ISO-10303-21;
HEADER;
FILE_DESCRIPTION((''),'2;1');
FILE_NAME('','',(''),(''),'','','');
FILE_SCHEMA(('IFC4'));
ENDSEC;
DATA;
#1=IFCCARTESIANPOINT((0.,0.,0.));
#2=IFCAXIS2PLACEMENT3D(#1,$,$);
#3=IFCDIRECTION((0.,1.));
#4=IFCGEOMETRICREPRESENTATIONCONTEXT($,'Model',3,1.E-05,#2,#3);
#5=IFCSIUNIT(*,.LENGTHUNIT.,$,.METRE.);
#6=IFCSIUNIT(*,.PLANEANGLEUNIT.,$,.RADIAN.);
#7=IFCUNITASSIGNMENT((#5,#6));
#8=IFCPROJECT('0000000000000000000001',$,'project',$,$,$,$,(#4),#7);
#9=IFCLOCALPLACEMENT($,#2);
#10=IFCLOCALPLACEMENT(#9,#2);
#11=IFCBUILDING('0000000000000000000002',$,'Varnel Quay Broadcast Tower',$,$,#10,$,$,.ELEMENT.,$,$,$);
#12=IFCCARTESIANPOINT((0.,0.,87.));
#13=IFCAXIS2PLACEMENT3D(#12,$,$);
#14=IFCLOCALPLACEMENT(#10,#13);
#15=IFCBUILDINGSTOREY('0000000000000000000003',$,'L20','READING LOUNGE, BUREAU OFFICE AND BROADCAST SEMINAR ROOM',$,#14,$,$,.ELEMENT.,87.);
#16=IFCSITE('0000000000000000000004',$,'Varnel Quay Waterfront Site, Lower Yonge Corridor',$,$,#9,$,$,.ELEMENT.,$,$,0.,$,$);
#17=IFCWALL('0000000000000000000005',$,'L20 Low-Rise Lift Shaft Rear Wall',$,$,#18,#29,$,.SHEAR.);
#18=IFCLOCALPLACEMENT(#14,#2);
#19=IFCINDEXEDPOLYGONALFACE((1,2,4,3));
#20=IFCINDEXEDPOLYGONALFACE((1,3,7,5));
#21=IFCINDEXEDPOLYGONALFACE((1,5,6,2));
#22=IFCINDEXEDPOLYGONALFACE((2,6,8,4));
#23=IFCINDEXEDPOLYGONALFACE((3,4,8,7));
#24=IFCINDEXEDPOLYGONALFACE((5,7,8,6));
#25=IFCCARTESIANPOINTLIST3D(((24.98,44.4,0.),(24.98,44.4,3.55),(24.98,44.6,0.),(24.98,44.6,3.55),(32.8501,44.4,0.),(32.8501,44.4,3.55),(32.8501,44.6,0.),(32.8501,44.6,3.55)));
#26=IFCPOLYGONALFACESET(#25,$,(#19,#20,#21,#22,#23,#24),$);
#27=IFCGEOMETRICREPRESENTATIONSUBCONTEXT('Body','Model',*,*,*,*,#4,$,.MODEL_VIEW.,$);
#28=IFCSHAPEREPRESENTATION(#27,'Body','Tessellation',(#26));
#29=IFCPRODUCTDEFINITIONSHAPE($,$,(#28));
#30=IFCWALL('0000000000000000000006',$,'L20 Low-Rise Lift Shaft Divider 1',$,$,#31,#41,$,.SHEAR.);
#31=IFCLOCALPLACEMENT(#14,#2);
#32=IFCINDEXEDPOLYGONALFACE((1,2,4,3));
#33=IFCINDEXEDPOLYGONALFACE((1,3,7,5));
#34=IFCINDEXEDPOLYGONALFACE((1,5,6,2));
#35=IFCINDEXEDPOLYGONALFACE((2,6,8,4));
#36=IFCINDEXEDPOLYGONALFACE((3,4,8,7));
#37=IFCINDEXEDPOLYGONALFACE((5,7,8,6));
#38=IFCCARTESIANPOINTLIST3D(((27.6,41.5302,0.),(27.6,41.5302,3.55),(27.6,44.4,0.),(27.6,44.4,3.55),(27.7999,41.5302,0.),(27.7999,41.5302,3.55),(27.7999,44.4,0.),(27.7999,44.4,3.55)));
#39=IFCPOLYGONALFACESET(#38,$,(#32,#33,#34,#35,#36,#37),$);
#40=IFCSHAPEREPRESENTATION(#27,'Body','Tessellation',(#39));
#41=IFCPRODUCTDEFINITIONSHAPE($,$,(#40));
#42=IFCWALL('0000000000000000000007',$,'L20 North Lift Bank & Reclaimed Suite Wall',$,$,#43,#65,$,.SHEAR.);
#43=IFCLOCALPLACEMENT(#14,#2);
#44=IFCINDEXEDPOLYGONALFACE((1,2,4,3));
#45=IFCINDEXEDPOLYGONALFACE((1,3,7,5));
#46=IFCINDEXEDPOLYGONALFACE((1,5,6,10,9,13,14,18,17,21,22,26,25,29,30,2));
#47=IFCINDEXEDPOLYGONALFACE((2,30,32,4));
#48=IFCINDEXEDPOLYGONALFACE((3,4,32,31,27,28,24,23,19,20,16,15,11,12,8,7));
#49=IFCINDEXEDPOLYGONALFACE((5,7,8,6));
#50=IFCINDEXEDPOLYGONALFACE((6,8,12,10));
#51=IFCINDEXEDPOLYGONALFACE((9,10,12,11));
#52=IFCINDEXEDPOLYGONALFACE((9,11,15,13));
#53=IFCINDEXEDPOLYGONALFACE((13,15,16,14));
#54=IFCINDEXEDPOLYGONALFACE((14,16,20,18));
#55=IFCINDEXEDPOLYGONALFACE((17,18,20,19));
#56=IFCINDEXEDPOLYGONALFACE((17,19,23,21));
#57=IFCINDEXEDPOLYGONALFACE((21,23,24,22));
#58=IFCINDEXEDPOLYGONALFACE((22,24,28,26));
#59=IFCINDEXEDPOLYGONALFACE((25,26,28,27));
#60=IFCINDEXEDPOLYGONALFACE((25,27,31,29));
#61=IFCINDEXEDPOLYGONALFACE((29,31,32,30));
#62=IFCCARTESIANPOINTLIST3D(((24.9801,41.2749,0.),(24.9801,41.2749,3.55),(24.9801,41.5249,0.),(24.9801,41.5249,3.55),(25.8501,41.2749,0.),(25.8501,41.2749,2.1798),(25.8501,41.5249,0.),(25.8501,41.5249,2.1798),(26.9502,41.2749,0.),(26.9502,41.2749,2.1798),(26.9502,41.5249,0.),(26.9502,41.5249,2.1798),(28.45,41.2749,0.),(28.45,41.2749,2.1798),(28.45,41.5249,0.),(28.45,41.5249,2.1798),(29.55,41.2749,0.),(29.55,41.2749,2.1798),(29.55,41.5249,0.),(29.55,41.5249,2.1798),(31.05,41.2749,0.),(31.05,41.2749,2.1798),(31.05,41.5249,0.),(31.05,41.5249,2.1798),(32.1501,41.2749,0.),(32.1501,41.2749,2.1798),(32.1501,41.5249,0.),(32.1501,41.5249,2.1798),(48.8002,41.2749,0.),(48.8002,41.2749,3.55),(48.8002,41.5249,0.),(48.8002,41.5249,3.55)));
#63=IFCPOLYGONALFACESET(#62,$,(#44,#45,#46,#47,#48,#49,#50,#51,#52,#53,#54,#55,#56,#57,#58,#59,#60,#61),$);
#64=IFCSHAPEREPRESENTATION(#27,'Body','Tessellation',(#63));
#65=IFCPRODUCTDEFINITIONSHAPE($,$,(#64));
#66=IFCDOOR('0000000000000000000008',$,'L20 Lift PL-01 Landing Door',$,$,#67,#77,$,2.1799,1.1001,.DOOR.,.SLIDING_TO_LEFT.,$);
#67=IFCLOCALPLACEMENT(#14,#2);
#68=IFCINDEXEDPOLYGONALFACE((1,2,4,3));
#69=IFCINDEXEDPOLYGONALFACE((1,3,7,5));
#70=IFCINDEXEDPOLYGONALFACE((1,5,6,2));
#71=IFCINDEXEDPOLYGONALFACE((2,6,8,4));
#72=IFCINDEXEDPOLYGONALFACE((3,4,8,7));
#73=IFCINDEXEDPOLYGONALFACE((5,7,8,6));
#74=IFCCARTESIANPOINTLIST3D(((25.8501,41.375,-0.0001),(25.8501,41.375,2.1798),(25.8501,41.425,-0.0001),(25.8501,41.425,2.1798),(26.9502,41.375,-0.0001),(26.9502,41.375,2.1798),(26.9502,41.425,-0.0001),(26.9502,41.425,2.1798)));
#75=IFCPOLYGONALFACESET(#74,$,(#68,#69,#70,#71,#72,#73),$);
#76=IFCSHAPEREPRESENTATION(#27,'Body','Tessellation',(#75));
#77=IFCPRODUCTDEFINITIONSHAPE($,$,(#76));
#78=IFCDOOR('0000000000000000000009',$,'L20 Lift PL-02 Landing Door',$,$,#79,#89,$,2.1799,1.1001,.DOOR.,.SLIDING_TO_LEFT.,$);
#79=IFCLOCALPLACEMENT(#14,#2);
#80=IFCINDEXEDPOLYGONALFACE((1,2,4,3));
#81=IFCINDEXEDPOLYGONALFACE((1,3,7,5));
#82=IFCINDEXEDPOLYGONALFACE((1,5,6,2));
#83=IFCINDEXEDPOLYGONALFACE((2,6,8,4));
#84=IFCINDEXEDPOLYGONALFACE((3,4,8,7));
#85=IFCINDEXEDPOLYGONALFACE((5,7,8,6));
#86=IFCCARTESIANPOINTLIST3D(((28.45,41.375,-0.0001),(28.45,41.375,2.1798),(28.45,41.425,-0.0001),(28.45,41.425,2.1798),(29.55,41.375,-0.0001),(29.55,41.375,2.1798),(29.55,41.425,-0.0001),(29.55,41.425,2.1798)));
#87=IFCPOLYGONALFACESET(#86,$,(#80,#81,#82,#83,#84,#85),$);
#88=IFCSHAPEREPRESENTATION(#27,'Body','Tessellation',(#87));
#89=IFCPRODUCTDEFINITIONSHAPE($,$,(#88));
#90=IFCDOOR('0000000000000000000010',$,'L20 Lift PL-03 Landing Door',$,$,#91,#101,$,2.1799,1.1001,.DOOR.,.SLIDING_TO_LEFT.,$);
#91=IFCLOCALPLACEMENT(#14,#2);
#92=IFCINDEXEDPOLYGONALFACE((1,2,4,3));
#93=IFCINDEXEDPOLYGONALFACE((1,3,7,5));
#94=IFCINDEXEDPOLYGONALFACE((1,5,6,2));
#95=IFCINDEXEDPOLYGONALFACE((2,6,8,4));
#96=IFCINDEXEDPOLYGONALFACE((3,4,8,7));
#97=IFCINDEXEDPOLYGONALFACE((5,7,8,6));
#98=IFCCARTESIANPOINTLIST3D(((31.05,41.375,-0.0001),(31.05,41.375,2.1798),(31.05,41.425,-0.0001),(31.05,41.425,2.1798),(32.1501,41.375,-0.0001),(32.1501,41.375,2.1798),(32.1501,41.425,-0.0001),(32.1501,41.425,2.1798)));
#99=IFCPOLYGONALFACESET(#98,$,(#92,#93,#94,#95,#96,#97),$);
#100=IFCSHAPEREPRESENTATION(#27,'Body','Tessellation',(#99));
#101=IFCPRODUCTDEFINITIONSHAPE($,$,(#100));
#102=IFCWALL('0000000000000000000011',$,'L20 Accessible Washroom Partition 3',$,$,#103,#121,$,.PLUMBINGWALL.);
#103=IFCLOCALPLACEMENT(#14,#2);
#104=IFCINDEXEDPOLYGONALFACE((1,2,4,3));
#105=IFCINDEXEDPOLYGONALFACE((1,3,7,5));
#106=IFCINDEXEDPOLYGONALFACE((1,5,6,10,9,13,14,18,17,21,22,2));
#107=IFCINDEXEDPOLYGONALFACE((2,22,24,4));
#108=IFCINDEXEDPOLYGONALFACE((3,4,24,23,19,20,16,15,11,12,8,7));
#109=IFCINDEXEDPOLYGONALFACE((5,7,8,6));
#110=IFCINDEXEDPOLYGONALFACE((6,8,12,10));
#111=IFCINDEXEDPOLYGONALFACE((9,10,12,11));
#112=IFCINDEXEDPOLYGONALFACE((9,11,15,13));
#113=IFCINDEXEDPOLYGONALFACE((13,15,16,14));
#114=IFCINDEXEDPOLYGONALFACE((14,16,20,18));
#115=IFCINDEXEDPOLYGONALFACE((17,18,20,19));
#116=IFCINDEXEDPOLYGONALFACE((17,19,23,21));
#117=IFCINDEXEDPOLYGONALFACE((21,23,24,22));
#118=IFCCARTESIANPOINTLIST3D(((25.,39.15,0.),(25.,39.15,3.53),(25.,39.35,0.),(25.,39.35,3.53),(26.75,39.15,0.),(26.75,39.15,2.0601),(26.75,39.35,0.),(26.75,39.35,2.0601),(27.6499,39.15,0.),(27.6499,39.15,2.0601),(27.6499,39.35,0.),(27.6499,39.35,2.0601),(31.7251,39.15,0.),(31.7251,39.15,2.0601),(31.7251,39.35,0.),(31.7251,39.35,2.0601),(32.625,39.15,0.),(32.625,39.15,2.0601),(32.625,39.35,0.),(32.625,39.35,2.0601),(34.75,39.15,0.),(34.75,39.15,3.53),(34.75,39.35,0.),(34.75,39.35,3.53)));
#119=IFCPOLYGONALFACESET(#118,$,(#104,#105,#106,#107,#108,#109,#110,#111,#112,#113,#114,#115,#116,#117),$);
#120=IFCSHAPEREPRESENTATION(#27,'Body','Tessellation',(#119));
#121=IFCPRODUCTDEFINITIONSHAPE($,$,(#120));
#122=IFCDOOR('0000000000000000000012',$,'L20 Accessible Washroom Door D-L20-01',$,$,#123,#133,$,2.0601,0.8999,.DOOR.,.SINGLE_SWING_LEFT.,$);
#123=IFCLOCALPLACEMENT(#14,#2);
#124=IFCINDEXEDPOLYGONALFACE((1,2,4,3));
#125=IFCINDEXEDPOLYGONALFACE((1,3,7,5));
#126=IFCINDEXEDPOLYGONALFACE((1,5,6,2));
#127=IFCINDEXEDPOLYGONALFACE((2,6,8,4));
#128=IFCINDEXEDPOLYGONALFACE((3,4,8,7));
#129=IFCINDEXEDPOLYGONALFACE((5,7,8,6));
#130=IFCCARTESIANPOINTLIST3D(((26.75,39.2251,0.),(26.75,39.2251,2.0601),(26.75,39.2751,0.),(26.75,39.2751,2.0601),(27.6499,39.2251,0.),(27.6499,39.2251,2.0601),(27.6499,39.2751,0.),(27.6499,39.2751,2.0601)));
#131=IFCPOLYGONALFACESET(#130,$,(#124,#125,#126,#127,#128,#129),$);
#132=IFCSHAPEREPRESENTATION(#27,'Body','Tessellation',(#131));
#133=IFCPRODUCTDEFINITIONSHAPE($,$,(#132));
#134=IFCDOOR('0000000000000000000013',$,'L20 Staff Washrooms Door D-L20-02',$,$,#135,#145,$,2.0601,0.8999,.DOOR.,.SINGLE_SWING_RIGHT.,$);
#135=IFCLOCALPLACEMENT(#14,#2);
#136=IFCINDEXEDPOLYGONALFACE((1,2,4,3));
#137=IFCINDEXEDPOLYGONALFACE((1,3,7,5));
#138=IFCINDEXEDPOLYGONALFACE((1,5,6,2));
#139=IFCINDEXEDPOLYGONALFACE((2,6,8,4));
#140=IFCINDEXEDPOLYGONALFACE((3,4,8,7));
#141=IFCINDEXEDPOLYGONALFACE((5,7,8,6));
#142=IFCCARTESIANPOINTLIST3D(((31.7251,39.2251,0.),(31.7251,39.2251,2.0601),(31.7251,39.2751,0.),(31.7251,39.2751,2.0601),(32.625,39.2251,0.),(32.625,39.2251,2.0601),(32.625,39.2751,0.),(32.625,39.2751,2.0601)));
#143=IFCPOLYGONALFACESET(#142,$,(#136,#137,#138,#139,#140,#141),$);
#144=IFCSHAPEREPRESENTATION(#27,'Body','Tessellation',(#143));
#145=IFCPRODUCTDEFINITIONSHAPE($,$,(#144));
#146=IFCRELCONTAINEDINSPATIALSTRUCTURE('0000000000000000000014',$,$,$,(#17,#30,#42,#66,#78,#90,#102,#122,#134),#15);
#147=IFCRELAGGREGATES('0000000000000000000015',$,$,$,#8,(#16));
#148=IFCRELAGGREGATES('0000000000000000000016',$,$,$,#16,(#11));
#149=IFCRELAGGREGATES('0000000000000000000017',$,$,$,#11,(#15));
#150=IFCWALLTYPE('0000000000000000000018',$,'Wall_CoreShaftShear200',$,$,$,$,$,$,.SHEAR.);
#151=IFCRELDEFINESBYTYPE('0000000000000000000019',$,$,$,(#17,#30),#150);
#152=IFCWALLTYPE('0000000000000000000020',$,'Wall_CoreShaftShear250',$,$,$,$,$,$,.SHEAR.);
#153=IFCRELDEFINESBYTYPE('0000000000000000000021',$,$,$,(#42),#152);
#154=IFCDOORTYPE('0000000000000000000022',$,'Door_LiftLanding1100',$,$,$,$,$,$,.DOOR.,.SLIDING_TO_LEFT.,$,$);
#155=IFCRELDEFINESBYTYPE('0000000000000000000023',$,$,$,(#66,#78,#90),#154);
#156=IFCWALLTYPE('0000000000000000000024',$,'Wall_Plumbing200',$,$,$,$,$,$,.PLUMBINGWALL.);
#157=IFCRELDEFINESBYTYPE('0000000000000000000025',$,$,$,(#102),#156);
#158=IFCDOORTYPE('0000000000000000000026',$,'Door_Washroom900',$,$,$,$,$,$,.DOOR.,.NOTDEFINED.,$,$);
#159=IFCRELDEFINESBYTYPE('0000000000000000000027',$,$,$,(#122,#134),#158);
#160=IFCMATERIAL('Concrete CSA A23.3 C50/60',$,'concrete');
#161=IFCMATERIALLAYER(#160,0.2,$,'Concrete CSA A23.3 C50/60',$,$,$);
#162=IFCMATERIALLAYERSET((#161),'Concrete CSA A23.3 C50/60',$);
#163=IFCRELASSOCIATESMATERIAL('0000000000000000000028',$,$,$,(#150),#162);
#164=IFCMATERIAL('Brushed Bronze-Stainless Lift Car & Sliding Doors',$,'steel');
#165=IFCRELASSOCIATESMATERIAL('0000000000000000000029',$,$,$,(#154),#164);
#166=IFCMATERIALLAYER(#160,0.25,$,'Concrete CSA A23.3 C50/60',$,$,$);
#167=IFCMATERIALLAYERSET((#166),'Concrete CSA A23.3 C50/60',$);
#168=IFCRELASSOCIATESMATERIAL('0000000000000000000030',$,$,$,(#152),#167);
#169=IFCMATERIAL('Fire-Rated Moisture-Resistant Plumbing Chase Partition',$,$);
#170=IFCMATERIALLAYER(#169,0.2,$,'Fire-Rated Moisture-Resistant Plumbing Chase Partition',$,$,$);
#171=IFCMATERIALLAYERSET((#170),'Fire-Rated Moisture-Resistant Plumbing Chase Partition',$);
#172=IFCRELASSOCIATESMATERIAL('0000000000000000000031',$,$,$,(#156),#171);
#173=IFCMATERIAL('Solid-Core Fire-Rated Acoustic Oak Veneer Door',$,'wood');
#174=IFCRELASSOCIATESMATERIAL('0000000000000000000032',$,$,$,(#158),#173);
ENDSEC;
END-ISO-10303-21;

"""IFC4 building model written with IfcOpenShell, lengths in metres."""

from ifc_helpers import new_model, si_unit, direction, frame, frame_2d, origin, place, context, subcontext, project, spatial, rectangle, extrude, source, transform, mapped, material, layer, layer_set, type_object, type_shapes, element, fill, save


model = new_model("IFC4")

# Units and contexts
model_context = context("Model", 3, precision=1e-05, world=origin(), true_north=direction((0.0, 1.0)))
body_context = subcontext(model_context, "Body", "Model", "MODEL_VIEW")
ifc_project = project(units=[si_unit("LENGTHUNIT", "METRE"), si_unit("PLANEANGLEUNIT", "RADIAN")], contexts=[model_context])

# Site, building, storey
site_placement = place(None, origin())
site = spatial("IfcSite", under=ifc_project, at=site_placement, Name="Varnel Quay Waterfront Site, Lower Yonge Corridor", CompositionType="ELEMENT", RefElevation=0.0)
building_placement = place(site_placement, origin())
building = spatial("IfcBuilding", under=site, at=building_placement, Name="Varnel Quay Broadcast Tower", CompositionType="ELEMENT")
storey_placement = place(building_placement, frame((0.0, 0.0, 87.0)))
storey = spatial("IfcBuildingStorey", under=building, at=storey_placement, Name="L20", Description="READING LOUNGE, BUREAU OFFICE AND BROADCAST SEMINAR ROOM", CompositionType="ELEMENT", Elevation=87.0)

# Shared definitions
ifc_material_1 = material(Name="Concrete CSA A23.3 C50/60", Category="concrete")
ifc_layer_1 = layer(ifc_material_1, 0.2, Name="Concrete CSA A23.3 C50/60")
ifc_layer_set_1 = layer_set([ifc_layer_1], Name="Concrete CSA A23.3 C50/60")
wall_type_1 = type_object("IfcWallType", Name="Wall_CoreShaftShear200", PredefinedType="SHEAR", material=ifc_layer_set_1)
ifc_material_2 = material(Name="Brushed Bronze-Stainless Lift Car & Sliding Doors", Category="steel")
door_type_1 = type_object("IfcDoorType", Name="Door_LiftLanding1100", OperationType="SLIDING_TO_LEFT", PredefinedType="DOOR", material=ifc_material_2)
shared_shape_1 = source(origin(), body_context, "Body", "SweptSolid", [
    extrude(rectangle(XDim=1.1001, YDim=2.1799, at=frame_2d((0.55, 1.0898))), frame((0.0, 0.0249, 0.0), z_axis=(0.0, -1.0, 0.0), x_axis=(1.0, 0.0, 0.0)), (0.0, 0.0, 1.0), 0.05),
])
type_shapes(door_type_1, [shared_shape_1])

# Walls
wall_1_placement = place(storey_placement, frame((24.98, 44.5, 0.0), z_axis=(0.0, 0.0, 1.0), x_axis=(1.0, 0.0, 0.0)))
element("IfcWall", 1, at=wall_1_placement, inside=storey, type_object=wall_type_1, Name="L20 Low-Rise Lift Shaft Rear Wall", PredefinedType="SHEAR", context=body_context, shape_type="SweptSolid", body=[
    extrude(rectangle(XDim=7.8701, YDim=0.2, at=frame_2d((3.9351, 0.0))), origin(), (0.0, 0.0, 1.0), 3.55),
])
wall_2_placement = place(storey_placement, frame((27.7, 41.53, 0.0), z_axis=(0.0, 0.0, 1.0), x_axis=(0.0, 1.0, 0.0)))
element("IfcWall", 2, at=wall_2_placement, inside=storey, type_object=wall_type_1, Name="L20 Low-Rise Lift Shaft Divider 1", PredefinedType="SHEAR", context=body_context, shape_type="SweptSolid", body=[
    extrude(rectangle(XDim=2.8699, YDim=0.2, at=frame_2d((1.4351, 0.0))), origin(), (0.0, 0.0, 1.0), 3.55),
])

# Walls, openings, doors
ifc_layer_2 = layer(ifc_material_1, 0.25, Name="Concrete CSA A23.3 C50/60")
ifc_layer_set_2 = layer_set([ifc_layer_2], Name="Concrete CSA A23.3 C50/60")
wall_type_2 = type_object("IfcWallType", Name="Wall_CoreShaftShear250", PredefinedType="SHEAR", material=ifc_layer_set_2)
wall_3_placement = place(storey_placement, frame((24.98, 41.3999, 0.0), z_axis=(0.0, 0.0, 1.0), x_axis=(1.0, 0.0, 0.0)))
wall_3 = element("IfcWall", 3, at=wall_3_placement, inside=storey, type_object=wall_type_2, Name="L20 North Lift Bank & Reclaimed Suite Wall", PredefinedType="SHEAR", context=body_context, shape_type="SweptSolid", body=[
    extrude(rectangle(XDim=23.8201, YDim=0.25, at=frame_2d((11.9102, 0.0))), origin(), (0.0, 0.0, 1.0), 3.55),
])
opening_1_placement = place(wall_3_placement, frame((0.8701, 0.0, 0.0)))
opening_1 = element("IfcOpeningElement", 4, at=opening_1_placement, cuts=wall_3, PredefinedType="OPENING", context=body_context, shape_type="SweptSolid", body=[
    extrude(rectangle(XDim=1.1001, YDim=2.1799, at=frame_2d((0.55, 1.0898))), frame((0.0, 0.135, 0.0), z_axis=(0.0, -1.0, 0.0), x_axis=(1.0, 0.0, 0.0)), (0.0, 0.0, 1.0), 0.27),
])
opening_2_placement = place(wall_3_placement, frame((3.47, 0.0, 0.0)))
opening_2 = element("IfcOpeningElement", 5, at=opening_2_placement, cuts=wall_3, PredefinedType="OPENING", context=body_context, shape_type="SweptSolid", body=[
    extrude(rectangle(XDim=1.1001, YDim=2.1799, at=frame_2d((0.55, 1.0898))), frame((0.0, 0.135, 0.0), z_axis=(0.0, -1.0, 0.0), x_axis=(1.0, 0.0, 0.0)), (0.0, 0.0, 1.0), 0.27),
])
opening_3_placement = place(wall_3_placement, frame((6.0701, 0.0, 0.0)))
opening_3 = element("IfcOpeningElement", 6, at=opening_3_placement, cuts=wall_3, PredefinedType="OPENING", context=body_context, shape_type="SweptSolid", body=[
    extrude(rectangle(XDim=1.1001, YDim=2.1799, at=frame_2d((0.55, 1.0898))), frame((0.0, 0.135, 0.0), z_axis=(0.0, -1.0, 0.0), x_axis=(1.0, 0.0, 0.0)), (0.0, 0.0, 1.0), 0.27),
])
door_1_placement = place(opening_1_placement, frame((1.1001, 0.0, 0.0), z_axis=(0.0, 0.0, 1.0), x_axis=(-1.0, 0.0, 0.0)))
door_1 = element("IfcDoor", 7, at=door_1_placement, inside=storey, type_object=door_type_1, Name="L20 Lift PL-01 Landing Door", OperationType="SLIDING_TO_LEFT", OverallHeight=2.1799, OverallWidth=1.1001, PredefinedType="DOOR", context=body_context, shape_type="MappedRepresentation", body=[
    mapped(shared_shape_1, transform((0.0, 0.0, 0.0), x_axis=(1.0, 0.0, 0.0), y_axis=(0.0, 1.0, 0.0), z_axis=(0.0, 0.0, 1.0), scale=1.0)),
])
fill(opening_1, door_1)
door_2_placement = place(opening_2_placement, frame((1.1001, 0.0, 0.0), z_axis=(0.0, 0.0, 1.0), x_axis=(-1.0, 0.0, 0.0)))
door_2 = element("IfcDoor", 8, at=door_2_placement, inside=storey, type_object=door_type_1, Name="L20 Lift PL-02 Landing Door", OperationType="SLIDING_TO_LEFT", OverallHeight=2.1799, OverallWidth=1.1001, PredefinedType="DOOR", context=body_context, shape_type="MappedRepresentation", body=[
    mapped(shared_shape_1, transform((0.0, 0.0, 0.0), x_axis=(1.0, 0.0, 0.0), y_axis=(0.0, 1.0, 0.0), z_axis=(0.0, 0.0, 1.0), scale=1.0)),
])
fill(opening_2, door_2)
door_3_placement = place(opening_3_placement, frame((1.1001, 0.0, 0.0), z_axis=(0.0, 0.0, 1.0), x_axis=(-1.0, 0.0, 0.0)))
door_3 = element("IfcDoor", 9, at=door_3_placement, inside=storey, type_object=door_type_1, Name="L20 Lift PL-03 Landing Door", OperationType="SLIDING_TO_LEFT", OverallHeight=2.1799, OverallWidth=1.1001, PredefinedType="DOOR", context=body_context, shape_type="MappedRepresentation", body=[
    mapped(shared_shape_1, transform((0.0, 0.0, 0.0), x_axis=(1.0, 0.0, 0.0), y_axis=(0.0, 1.0, 0.0), z_axis=(0.0, 0.0, 1.0), scale=1.0)),
])
fill(opening_3, door_3)
ifc_material_3 = material(Name="Fire-Rated Moisture-Resistant Plumbing Chase Partition")
ifc_layer_3 = layer(ifc_material_3, 0.2, Name="Fire-Rated Moisture-Resistant Plumbing Chase Partition")
ifc_layer_set_3 = layer_set([ifc_layer_3], Name="Fire-Rated Moisture-Resistant Plumbing Chase Partition")
wall_type_3 = type_object("IfcWallType", Name="Wall_Plumbing200", PredefinedType="PLUMBINGWALL", material=ifc_layer_set_3)
wall_4_placement = place(storey_placement, frame((25.0, 39.25, 0.0), z_axis=(0.0, 0.0, 1.0), x_axis=(1.0, 0.0, 0.0)))
wall_4 = element("IfcWall", 10, at=wall_4_placement, inside=storey, type_object=wall_type_3, Name="L20 Accessible Washroom Partition 3", PredefinedType="PLUMBINGWALL", context=body_context, shape_type="SweptSolid", body=[
    extrude(rectangle(XDim=9.75, YDim=0.2, at=frame_2d((4.875, 0.0))), origin(), (0.0, 0.0, 1.0), 3.53),
])
opening_4_placement = place(wall_4_placement, frame((1.75, 0.0, 0.0)))
opening_4 = element("IfcOpeningElement", 11, at=opening_4_placement, cuts=wall_4, PredefinedType="OPENING", context=body_context, shape_type="SweptSolid", body=[
    extrude(rectangle(XDim=0.8999, YDim=2.0601, at=frame_2d((0.45, 1.03))), frame((0.0, 0.1099, 0.0), z_axis=(0.0, -1.0, 0.0), x_axis=(1.0, 0.0, 0.0)), (0.0, 0.0, 1.0), 0.22),
])
opening_5_placement = place(wall_4_placement, frame((6.7251, 0.0, 0.0)))
opening_5 = element("IfcOpeningElement", 12, at=opening_5_placement, cuts=wall_4, PredefinedType="OPENING", context=body_context, shape_type="SweptSolid", body=[
    extrude(rectangle(XDim=0.8999, YDim=2.0601, at=frame_2d((0.45, 1.03))), frame((0.0, 0.1099, 0.0), z_axis=(0.0, -1.0, 0.0), x_axis=(1.0, 0.0, 0.0)), (0.0, 0.0, 1.0), 0.22),
])
ifc_material_4 = material(Name="Solid-Core Fire-Rated Acoustic Oak Veneer Door", Category="wood")
door_type_2 = type_object("IfcDoorType", Name="Door_Washroom900", OperationType="NOTDEFINED", PredefinedType="DOOR", material=ifc_material_4)
shared_shape_2 = source(origin(), body_context, "Body", "SweptSolid", [
    extrude(rectangle(XDim=0.8999, YDim=2.0601, at=frame_2d((0.45, 1.03))), frame((0.0, 0.0249, 0.0), z_axis=(0.0, -1.0, 0.0), x_axis=(1.0, 0.0, 0.0)), (0.0, 0.0, 1.0), 0.05),
])
type_shapes(door_type_2, [shared_shape_2])
door_4_placement = place(opening_4_placement, frame((0.8999, 0.0, 0.0), z_axis=(0.0, 0.0, 1.0), x_axis=(-1.0, 0.0, 0.0)))
door_4 = element("IfcDoor", 13, at=door_4_placement, inside=storey, type_object=door_type_2, Name="L20 Accessible Washroom Door D-L20-01", OperationType="SINGLE_SWING_LEFT", OverallHeight=2.0601, OverallWidth=0.8999, PredefinedType="DOOR", context=body_context, shape_type="MappedRepresentation", body=[
    mapped(shared_shape_2, transform((0.0, 0.0, 0.0), x_axis=(1.0, 0.0, 0.0), y_axis=(0.0, 1.0, 0.0), z_axis=(0.0, 0.0, 1.0), scale=1.0)),
])
fill(opening_4, door_4)
door_5_placement = place(opening_5_placement, frame((0.8999, 0.0, 0.0), z_axis=(0.0, 0.0, 1.0), x_axis=(-1.0, 0.0, 0.0)))
door_5 = element("IfcDoor", 14, at=door_5_placement, inside=storey, type_object=door_type_2, Name="L20 Staff Washrooms Door D-L20-02", OperationType="SINGLE_SWING_RIGHT", OverallHeight=2.0601, OverallWidth=0.8999, PredefinedType="DOOR", context=body_context, shape_type="MappedRepresentation", body=[
    mapped(shared_shape_2, transform((0.0, 0.0, 0.0), x_axis=(1.0, 0.0, 0.0), y_axis=(0.0, 1.0, 0.0), z_axis=(0.0, 0.0, 1.0), scale=1.0)),
])
fill(opening_5, door_5)

save(model, "model.ifc")
